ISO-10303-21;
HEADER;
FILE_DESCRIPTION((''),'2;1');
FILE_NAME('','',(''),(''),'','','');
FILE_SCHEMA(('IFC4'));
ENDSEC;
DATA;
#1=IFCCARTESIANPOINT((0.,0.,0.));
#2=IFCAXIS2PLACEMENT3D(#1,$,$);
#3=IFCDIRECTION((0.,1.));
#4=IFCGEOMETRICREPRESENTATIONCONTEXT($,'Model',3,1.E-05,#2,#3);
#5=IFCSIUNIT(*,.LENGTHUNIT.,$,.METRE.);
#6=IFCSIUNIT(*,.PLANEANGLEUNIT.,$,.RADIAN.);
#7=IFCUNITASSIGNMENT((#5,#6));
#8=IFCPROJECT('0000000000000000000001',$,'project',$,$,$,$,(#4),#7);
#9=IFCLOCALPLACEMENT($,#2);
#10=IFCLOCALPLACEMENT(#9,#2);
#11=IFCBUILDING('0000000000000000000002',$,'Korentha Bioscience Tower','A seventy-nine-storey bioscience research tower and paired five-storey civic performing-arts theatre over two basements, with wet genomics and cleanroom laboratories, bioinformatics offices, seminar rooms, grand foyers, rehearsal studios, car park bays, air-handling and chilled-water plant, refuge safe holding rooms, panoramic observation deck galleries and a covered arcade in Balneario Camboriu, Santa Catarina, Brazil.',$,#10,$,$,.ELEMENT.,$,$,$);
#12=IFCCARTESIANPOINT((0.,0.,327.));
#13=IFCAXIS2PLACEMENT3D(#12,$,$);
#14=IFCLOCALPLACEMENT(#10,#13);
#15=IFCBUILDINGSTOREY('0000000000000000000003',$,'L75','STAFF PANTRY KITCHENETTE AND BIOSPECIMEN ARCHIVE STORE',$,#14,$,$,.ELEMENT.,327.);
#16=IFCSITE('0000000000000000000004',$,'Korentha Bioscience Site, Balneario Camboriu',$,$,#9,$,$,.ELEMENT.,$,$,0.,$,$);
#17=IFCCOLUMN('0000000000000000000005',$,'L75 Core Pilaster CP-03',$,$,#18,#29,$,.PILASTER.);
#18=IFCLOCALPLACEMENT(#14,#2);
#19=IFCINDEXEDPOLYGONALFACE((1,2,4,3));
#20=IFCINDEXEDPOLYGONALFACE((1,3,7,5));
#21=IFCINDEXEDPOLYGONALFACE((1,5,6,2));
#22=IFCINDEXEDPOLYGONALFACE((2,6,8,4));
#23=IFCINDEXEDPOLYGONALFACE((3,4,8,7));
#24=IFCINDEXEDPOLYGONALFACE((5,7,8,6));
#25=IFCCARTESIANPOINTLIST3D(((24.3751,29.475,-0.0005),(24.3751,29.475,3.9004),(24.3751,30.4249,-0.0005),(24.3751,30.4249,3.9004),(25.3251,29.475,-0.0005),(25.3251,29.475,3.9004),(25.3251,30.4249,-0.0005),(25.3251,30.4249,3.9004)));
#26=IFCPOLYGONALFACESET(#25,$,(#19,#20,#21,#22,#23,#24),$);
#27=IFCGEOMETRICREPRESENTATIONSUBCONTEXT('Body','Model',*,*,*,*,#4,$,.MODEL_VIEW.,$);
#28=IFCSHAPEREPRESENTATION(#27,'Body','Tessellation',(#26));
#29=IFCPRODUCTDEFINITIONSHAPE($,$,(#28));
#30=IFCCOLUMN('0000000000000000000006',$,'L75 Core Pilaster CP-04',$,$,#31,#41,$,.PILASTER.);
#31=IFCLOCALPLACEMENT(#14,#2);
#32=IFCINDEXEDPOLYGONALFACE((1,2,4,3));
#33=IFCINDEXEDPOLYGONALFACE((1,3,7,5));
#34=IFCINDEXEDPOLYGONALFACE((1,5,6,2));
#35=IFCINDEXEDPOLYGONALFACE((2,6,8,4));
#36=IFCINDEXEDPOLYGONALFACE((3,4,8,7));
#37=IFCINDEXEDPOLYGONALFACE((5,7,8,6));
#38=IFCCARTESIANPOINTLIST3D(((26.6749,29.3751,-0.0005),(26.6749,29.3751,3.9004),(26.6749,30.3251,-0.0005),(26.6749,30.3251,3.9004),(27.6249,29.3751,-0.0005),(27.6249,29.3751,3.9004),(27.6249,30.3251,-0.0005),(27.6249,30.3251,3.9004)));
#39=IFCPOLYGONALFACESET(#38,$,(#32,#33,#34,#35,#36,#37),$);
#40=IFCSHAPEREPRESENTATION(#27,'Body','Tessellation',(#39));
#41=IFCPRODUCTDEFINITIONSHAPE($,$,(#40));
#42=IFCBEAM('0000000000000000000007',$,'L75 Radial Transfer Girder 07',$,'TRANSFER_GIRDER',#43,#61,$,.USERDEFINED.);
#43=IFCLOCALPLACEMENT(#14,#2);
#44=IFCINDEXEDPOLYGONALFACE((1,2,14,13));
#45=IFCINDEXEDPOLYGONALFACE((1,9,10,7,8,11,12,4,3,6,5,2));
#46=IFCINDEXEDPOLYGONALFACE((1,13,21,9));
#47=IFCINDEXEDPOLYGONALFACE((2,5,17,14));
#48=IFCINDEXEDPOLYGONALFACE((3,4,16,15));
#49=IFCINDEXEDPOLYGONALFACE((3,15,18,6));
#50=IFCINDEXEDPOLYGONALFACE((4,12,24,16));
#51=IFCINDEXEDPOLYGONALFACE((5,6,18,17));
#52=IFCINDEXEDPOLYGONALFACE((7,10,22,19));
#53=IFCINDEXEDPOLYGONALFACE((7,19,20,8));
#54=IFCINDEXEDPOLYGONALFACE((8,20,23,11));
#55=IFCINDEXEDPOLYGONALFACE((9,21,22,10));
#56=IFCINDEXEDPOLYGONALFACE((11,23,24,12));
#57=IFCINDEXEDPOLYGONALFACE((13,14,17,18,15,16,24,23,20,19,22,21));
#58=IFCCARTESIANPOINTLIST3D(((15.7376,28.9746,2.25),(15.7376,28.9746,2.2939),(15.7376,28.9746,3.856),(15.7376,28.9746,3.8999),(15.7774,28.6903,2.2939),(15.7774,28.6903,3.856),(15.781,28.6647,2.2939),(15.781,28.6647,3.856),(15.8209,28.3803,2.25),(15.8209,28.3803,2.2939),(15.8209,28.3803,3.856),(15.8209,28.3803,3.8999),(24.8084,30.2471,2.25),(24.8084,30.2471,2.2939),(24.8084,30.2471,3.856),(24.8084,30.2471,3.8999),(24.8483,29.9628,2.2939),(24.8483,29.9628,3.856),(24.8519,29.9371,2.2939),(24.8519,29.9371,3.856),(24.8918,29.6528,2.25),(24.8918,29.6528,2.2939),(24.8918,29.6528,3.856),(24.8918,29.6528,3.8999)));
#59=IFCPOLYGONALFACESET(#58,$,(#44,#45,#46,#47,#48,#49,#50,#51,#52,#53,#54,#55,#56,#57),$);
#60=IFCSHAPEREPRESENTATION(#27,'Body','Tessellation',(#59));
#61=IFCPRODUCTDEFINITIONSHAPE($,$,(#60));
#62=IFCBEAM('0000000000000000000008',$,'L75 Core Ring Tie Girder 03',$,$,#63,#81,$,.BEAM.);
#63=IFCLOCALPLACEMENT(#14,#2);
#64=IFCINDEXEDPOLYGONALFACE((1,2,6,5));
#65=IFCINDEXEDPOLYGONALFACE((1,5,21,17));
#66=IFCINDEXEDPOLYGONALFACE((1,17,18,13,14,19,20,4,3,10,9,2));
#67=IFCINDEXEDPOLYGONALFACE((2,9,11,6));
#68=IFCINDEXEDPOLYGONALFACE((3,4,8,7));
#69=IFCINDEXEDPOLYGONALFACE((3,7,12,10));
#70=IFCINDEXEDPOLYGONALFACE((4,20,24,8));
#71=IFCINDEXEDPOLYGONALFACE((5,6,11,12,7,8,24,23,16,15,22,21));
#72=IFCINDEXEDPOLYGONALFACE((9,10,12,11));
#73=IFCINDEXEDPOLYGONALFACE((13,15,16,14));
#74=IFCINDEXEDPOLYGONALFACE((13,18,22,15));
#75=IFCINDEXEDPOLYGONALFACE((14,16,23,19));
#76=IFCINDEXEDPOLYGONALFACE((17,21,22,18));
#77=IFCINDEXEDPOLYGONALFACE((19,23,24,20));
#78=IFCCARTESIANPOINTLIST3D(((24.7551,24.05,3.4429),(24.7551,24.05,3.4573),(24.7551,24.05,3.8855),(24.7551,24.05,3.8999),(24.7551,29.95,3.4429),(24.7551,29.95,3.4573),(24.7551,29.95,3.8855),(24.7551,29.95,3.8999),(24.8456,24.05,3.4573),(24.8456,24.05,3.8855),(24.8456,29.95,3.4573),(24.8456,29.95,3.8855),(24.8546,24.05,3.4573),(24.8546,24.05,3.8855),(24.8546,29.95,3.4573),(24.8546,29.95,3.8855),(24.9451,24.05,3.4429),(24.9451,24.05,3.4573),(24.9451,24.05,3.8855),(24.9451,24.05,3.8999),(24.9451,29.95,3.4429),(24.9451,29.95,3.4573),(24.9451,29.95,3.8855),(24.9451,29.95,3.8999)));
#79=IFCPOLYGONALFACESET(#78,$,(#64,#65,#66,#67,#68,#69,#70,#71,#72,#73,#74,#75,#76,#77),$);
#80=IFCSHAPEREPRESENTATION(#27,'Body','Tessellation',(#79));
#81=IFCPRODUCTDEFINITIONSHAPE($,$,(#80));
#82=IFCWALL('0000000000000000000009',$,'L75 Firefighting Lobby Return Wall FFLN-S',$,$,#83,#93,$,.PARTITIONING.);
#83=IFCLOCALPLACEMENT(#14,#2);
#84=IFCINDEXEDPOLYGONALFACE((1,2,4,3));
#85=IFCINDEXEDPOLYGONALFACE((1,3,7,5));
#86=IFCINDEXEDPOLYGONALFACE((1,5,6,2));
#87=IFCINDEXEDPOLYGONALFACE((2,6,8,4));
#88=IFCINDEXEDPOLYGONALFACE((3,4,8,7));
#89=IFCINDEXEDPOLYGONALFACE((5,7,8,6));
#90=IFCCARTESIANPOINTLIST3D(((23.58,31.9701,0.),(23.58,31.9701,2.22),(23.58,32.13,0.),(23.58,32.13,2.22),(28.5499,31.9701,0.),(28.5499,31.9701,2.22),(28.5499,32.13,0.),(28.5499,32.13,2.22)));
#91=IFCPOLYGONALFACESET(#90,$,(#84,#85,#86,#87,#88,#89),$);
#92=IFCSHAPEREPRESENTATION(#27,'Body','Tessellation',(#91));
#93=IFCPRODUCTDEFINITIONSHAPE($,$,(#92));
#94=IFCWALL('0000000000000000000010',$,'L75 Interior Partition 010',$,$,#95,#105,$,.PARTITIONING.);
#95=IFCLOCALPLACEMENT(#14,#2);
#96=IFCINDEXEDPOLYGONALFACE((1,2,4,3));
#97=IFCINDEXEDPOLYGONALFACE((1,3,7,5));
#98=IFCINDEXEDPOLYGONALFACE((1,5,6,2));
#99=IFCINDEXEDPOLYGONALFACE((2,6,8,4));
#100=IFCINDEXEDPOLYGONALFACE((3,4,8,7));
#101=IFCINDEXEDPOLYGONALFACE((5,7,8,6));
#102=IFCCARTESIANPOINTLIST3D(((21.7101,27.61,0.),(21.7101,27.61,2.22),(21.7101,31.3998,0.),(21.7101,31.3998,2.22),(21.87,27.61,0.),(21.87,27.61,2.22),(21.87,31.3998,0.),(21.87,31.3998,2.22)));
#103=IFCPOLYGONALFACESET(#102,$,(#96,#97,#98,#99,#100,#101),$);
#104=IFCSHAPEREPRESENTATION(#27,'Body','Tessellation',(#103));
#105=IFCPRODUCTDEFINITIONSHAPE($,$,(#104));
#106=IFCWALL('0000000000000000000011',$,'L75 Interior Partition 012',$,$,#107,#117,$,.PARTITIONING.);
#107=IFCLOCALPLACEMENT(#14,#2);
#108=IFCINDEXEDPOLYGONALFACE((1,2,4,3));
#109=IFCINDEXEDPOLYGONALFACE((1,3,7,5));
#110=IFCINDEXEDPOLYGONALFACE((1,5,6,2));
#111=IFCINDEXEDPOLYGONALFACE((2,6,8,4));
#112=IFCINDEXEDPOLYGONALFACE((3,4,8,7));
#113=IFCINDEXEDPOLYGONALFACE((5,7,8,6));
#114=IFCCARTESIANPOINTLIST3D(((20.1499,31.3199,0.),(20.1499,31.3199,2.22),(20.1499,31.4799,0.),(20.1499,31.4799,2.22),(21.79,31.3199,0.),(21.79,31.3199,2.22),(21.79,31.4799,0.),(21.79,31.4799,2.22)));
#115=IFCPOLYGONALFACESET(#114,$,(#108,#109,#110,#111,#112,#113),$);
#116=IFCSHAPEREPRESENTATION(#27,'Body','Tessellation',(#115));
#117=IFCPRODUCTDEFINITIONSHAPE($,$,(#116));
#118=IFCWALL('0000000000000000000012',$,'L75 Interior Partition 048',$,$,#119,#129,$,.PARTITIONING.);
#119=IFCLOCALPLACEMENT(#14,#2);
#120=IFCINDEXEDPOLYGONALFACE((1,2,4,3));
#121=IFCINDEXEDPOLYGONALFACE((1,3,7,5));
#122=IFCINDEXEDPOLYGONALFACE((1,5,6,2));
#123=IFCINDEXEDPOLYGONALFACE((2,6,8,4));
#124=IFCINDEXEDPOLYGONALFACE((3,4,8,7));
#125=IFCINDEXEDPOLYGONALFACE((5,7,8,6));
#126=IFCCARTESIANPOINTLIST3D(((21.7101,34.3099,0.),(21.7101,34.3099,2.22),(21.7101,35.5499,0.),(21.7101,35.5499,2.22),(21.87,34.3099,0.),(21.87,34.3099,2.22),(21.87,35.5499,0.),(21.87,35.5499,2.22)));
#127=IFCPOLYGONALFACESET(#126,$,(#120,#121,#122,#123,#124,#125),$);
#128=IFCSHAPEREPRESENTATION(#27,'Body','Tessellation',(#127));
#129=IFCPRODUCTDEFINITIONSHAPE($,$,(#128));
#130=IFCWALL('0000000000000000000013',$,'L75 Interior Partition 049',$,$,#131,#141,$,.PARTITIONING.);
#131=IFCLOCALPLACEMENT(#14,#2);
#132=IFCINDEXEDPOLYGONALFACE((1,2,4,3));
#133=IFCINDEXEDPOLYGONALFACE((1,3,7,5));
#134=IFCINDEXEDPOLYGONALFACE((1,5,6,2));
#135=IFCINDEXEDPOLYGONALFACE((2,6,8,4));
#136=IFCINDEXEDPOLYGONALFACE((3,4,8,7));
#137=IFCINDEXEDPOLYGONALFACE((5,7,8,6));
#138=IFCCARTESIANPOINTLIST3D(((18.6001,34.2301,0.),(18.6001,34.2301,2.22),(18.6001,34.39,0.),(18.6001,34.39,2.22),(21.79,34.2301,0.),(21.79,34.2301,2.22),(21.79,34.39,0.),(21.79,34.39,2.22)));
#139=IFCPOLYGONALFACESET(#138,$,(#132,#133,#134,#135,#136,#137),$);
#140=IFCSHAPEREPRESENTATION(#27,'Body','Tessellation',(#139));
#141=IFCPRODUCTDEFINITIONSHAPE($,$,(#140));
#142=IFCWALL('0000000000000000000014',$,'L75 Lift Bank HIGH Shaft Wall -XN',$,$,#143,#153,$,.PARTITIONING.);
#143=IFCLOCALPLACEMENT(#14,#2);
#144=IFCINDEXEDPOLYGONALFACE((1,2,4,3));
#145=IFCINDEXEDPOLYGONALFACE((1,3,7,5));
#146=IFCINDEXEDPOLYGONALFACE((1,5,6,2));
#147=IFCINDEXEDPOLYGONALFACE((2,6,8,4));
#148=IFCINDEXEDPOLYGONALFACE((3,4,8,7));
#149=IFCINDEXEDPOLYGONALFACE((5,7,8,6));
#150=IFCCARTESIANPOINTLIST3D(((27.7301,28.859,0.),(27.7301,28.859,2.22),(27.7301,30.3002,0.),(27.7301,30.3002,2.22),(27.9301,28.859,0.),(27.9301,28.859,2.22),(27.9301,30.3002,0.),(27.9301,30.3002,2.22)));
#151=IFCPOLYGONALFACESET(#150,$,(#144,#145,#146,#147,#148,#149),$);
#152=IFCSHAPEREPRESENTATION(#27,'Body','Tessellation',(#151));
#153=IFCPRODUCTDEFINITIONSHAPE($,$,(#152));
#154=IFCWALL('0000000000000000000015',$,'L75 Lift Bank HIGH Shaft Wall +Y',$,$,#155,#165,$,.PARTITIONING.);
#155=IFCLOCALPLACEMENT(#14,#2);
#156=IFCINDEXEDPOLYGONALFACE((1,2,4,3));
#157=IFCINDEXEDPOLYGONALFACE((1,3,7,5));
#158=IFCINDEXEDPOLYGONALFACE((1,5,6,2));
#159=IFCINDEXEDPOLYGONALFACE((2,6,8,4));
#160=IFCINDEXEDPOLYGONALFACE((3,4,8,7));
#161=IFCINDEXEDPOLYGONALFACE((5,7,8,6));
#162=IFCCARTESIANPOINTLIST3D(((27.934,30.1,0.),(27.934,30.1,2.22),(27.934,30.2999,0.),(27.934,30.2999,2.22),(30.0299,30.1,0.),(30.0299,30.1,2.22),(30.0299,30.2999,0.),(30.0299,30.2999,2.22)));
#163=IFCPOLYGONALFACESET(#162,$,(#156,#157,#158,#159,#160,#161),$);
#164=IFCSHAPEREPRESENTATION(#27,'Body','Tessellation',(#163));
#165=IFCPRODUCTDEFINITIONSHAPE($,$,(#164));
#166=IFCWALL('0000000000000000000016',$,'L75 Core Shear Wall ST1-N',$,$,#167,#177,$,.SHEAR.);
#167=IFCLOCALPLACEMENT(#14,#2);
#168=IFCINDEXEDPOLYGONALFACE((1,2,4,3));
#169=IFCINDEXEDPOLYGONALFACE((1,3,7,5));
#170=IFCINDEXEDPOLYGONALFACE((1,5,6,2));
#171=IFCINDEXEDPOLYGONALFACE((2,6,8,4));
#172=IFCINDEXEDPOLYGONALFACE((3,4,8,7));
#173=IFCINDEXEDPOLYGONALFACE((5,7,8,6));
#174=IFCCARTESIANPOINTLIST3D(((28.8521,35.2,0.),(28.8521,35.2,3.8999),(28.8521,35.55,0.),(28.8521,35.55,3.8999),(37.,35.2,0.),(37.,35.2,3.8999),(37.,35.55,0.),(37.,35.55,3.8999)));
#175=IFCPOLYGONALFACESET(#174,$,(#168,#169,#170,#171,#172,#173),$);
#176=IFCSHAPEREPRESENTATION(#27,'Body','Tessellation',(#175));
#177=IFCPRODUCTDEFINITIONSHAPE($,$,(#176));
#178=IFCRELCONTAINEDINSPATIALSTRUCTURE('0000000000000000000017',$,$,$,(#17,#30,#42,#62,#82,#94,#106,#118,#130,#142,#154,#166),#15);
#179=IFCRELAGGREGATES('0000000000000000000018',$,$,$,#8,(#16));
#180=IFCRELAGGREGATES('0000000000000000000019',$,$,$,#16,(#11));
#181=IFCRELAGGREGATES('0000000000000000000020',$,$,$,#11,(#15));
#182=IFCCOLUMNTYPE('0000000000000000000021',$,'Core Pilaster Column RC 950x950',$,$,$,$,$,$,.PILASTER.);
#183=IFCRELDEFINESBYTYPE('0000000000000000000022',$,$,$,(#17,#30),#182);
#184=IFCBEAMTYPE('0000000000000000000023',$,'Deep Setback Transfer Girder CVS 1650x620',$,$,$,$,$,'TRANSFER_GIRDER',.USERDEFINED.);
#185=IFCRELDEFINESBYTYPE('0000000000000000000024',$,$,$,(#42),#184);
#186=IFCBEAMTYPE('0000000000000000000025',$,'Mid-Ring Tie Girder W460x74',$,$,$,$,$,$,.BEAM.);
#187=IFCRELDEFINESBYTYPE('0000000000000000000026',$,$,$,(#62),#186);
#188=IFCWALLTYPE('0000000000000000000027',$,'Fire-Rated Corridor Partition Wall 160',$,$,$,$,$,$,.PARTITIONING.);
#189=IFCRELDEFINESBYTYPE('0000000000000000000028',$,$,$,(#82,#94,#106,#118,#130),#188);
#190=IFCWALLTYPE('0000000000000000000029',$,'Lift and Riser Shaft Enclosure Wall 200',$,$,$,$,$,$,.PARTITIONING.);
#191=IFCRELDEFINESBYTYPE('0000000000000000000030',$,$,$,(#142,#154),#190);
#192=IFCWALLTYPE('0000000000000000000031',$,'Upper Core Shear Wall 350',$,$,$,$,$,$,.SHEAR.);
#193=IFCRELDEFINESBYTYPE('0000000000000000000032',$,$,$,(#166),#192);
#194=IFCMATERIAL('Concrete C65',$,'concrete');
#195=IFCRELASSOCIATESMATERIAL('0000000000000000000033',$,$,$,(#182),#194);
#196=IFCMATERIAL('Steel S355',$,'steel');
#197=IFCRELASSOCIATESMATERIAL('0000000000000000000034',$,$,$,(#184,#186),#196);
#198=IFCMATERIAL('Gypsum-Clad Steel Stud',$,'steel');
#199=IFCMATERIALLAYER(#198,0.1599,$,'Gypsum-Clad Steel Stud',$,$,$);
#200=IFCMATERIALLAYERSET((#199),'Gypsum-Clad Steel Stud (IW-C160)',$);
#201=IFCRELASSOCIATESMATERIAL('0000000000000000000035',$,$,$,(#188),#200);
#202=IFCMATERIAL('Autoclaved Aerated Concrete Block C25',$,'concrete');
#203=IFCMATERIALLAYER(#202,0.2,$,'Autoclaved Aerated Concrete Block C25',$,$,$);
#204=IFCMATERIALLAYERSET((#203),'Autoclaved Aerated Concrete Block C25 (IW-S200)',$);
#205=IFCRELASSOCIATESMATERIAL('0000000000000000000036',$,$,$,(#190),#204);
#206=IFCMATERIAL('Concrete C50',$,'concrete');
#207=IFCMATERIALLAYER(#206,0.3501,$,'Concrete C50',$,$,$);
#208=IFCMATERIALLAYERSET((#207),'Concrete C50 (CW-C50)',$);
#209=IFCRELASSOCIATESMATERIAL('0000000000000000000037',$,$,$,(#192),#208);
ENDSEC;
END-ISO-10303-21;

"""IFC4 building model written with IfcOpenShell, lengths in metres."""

from ifc_helpers import new_model, si_unit, direction, frame, frame_2d, origin, origin_2d, place, context, subcontext, project, spatial, rectangle, i_section, extrude, material, layer, layer_set, material_profile, profile_set, type_object, element, save


model = new_model("IFC4")

# Units and contexts
model_context = context("Model", 3, precision=1e-05, world=origin(), true_north=direction((0.0, 1.0)))
body_context = subcontext(model_context, "Body", "Model", "MODEL_VIEW")
ifc_project = project(units=[si_unit("LENGTHUNIT", "METRE"), si_unit("PLANEANGLEUNIT", "RADIAN")], contexts=[model_context])

# Site, building, storey
site_placement = place(None, origin())
site = spatial("IfcSite", under=ifc_project, at=site_placement, Name="Korentha Bioscience Site, Balneario Camboriu", CompositionType="ELEMENT", RefElevation=0.0)
building_placement = place(site_placement, origin())
building = spatial("IfcBuilding", under=site, at=building_placement, Name="Korentha Bioscience Tower", Description="A seventy-nine-storey bioscience research tower and paired five-storey civic performing-arts theatre over two basements, with wet genomics and cleanroom laboratories, bioinformatics offices, seminar rooms, grand foyers, rehearsal studios, car park bays, air-handling and chilled-water plant, refuge safe holding rooms, panoramic observation deck galleries and a covered arcade in Balneario Camboriu, Santa Catarina, Brazil.", CompositionType="ELEMENT")
storey_placement = place(building_placement, frame((0.0, 0.0, 327.0)))
storey = spatial("IfcBuildingStorey", under=building, at=storey_placement, Name="L75", Description="STAFF PANTRY KITCHENETTE AND BIOSPECIMEN ARCHIVE STORE", CompositionType="ELEMENT", Elevation=327.0)

# Columns
ifc_material_1 = material(Name="Concrete C65", Category="concrete")
ifc_material_profile_1 = material_profile(ifc_material_1, rectangle(XDim=0.95, YDim=0.95, at=origin_2d()), Name="Concrete C65")
ifc_profile_set_1 = profile_set([ifc_material_profile_1], Name="Concrete C65 (COL-CP09)")
column_type = type_object("IfcColumnType", Name="Core Pilaster Column RC 950x950", PredefinedType="PILASTER", material=ifc_profile_set_1)
for number, where, z_axis, x_axis, name in (
    (1, (24.8501, 29.95, -0.0005), (0.0, 0.0, 1.0), (1.0, 0.0, 0.0), "L75 Core Pilaster CP-03"),
    (2, (27.1499, 29.8501, -0.0005), (0.0, 0.0, 1.0), (1.0, 0.0, 0.0), "L75 Core Pilaster CP-04"),
):
    element("IfcColumn", number, at=place(storey_placement, frame(where, z_axis=z_axis, x_axis=x_axis)), inside=storey, type_object=column_type, Name=name, PredefinedType="PILASTER", context=body_context, shape_type="SweptSolid", body=[
        extrude(rectangle(XDim=0.95, YDim=0.95, at=origin_2d()), origin(), (0.0, 0.0, 1.0), 3.9009),
    ])

# Beams
ifc_material_2 = material(Name="Steel S355", Category="steel")
ifc_material_profile_2 = material_profile(ifc_material_2, i_section(OverallWidth=0.6001, OverallDepth=1.6499, WebThickness=0.0259, FlangeThickness=0.0439, at=origin_2d()), Name="Steel S355")
ifc_profile_set_2 = profile_set([ifc_material_profile_2], Name="Steel S355 (TG-04)")
beam_type_1 = type_object("IfcBeamType", Name="Deep Setback Transfer Girder CVS 1650x620", ElementType="TRANSFER_GIRDER", PredefinedType="USERDEFINED", material=ifc_profile_set_2)
beam_1_placement = place(storey_placement, frame((24.8501, 29.95, 3.075), z_axis=(-0.990304, -0.138921, 0.0), x_axis=(0.138921, -0.990304, 0.0)))
element("IfcBeam", 3, at=beam_1_placement, inside=storey, type_object=beam_type_1, Name="L75 Radial Transfer Girder 07", ObjectType="TRANSFER_GIRDER", PredefinedType="USERDEFINED", context=body_context, shape_type="SweptSolid", body=[
    extrude(i_section(OverallWidth=0.6001, OverallDepth=1.6499, WebThickness=0.0259, FlangeThickness=0.0439, at=origin_2d()), origin(), (0.0, 0.0, 1.0), 9.1597),
])
ifc_material_profile_3 = material_profile(ifc_material_2, i_section(OverallWidth=0.1899, OverallDepth=0.457, WebThickness=0.009, FlangeThickness=0.0144, at=origin_2d()), Name="Steel S355")
ifc_profile_set_3 = profile_set([ifc_material_profile_3], Name="Steel S355 (MB-460)")
beam_type_2 = type_object("IfcBeamType", Name="Mid-Ring Tie Girder W460x74", PredefinedType="BEAM", material=ifc_profile_set_3)
beam_2_placement = place(storey_placement, frame((24.8501, 29.95, 3.6714), z_axis=(0.0, -1.0, 0.0), x_axis=(1.0, 0.0, 0.0)))
element("IfcBeam", 4, at=beam_2_placement, inside=storey, type_object=beam_type_2, Name="L75 Core Ring Tie Girder 03", PredefinedType="BEAM", context=body_context, shape_type="SweptSolid", body=[
    extrude(i_section(OverallWidth=0.1899, OverallDepth=0.457, WebThickness=0.009, FlangeThickness=0.0144, at=origin_2d()), origin(), (0.0, 0.0, 1.0), 5.8999),
])

# Shared definitions
ifc_material_3 = material(Name="Gypsum-Clad Steel Stud", Category="steel")
ifc_layer_1 = layer(ifc_material_3, 0.1599, Name="Gypsum-Clad Steel Stud")
ifc_layer_set_1 = layer_set([ifc_layer_1], Name="Gypsum-Clad Steel Stud (IW-C160)")
wall_type_1 = type_object("IfcWallType", Name="Fire-Rated Corridor Partition Wall 160", PredefinedType="PARTITIONING", material=ifc_layer_set_1)

# Wall
wall_1_placement = place(storey_placement, frame((23.5801, 32.05, 0.0), z_axis=(0.0, 0.0, 1.0), x_axis=(1.0, 0.0, 0.0)))
element("IfcWall", 5, at=wall_1_placement, inside=storey, type_object=wall_type_1, Name="L75 Firefighting Lobby Return Wall FFLN-S", PredefinedType="PARTITIONING", context=body_context, shape_type="SweptSolid", body=[
    extrude(rectangle(XDim=4.97, YDim=0.1599, at=frame_2d((2.4849, 0.0))), origin(), (0.0, 0.0, 1.0), 2.22),
])

# Walls
wall_2_placement = place(storey_placement, frame((21.79, 31.3999, 0.0), z_axis=(0.0, 0.0, 1.0), x_axis=(0.0, -1.0, 0.0)))
element("IfcWall", 6, at=wall_2_placement, inside=storey, type_object=wall_type_1, Name="L75 Interior Partition 010", PredefinedType="PARTITIONING", context=body_context, shape_type="SweptSolid", body=[
    extrude(rectangle(XDim=3.7898, YDim=0.1599, at=frame_2d((1.895, 0.0))), origin(), (0.0, 0.0, 1.0), 2.22),
])
wall_3_placement = place(storey_placement, frame((20.1499, 31.3999, 0.0), z_axis=(0.0, 0.0, 1.0), x_axis=(1.0, 0.0, 0.0)))
element("IfcWall", 7, at=wall_3_placement, inside=storey, type_object=wall_type_1, Name="L75 Interior Partition 012", PredefinedType="PARTITIONING", context=body_context, shape_type="SweptSolid", body=[
    extrude(rectangle(XDim=1.6401, YDim=0.1599, at=frame_2d((0.8201, 0.0))), origin(), (0.0, 0.0, 1.0), 2.22),
])
wall_4_placement = place(storey_placement, frame((21.79, 35.55, 0.0), z_axis=(0.0, 0.0, 1.0), x_axis=(0.0, -1.0, 0.0)))
element("IfcWall", 8, at=wall_4_placement, inside=storey, type_object=wall_type_1, Name="L75 Interior Partition 048", PredefinedType="PARTITIONING", context=body_context, shape_type="SweptSolid", body=[
    extrude(rectangle(XDim=1.24, YDim=0.1599, at=frame_2d((0.6201, 0.0))), origin(), (0.0, 0.0, 1.0), 2.22),
])
wall_5_placement = place(storey_placement, frame((21.79, 34.3101, 0.0), z_axis=(0.0, 0.0, 1.0), x_axis=(-1.0, 0.0, 0.0)))
element("IfcWall", 9, at=wall_5_placement, inside=storey, type_object=wall_type_1, Name="L75 Interior Partition 049", PredefinedType="PARTITIONING", context=body_context, shape_type="SweptSolid", body=[
    extrude(rectangle(XDim=3.1899, YDim=0.1599, at=frame_2d((1.595, 0.0))), origin(), (0.0, 0.0, 1.0), 2.22),
])
ifc_material_4 = material(Name="Autoclaved Aerated Concrete Block C25", Category="concrete")
ifc_layer_2 = layer(ifc_material_4, 0.2, Name="Autoclaved Aerated Concrete Block C25")
ifc_layer_set_2 = layer_set([ifc_layer_2], Name="Autoclaved Aerated Concrete Block C25 (IW-S200)")
wall_type_2 = type_object("IfcWallType", Name="Lift and Riser Shaft Enclosure Wall 200", PredefinedType="PARTITIONING", material=ifc_layer_set_2)
wall_6_placement = place(storey_placement, frame((27.8301, 28.8589, 0.0), z_axis=(0.0, 0.0, 1.0), x_axis=(0.0, 1.0, 0.0)))
element("IfcWall", 10, at=wall_6_placement, inside=storey, type_object=wall_type_2, Name="L75 Lift Bank HIGH Shaft Wall -XN", PredefinedType="PARTITIONING", context=body_context, shape_type="SweptSolid", body=[
    extrude(rectangle(XDim=1.4412, YDim=0.2, at=frame_2d((0.7207, 0.0))), origin(), (0.0, 0.0, 1.0), 2.22),
])
wall_7_placement = place(storey_placement, frame((27.9341, 30.2, 0.0), z_axis=(0.0, 0.0, 1.0), x_axis=(1.0, 0.0, 0.0)))
element("IfcWall", 11, at=wall_7_placement, inside=storey, type_object=wall_type_2, Name="L75 Lift Bank HIGH Shaft Wall +Y", PredefinedType="PARTITIONING", context=body_context, shape_type="SweptSolid", body=[
    extrude(rectangle(XDim=2.0959, YDim=0.2, at=frame_2d((1.0479, 0.0))), origin(), (0.0, 0.0, 1.0), 2.22),
])
ifc_material_5 = material(Name="Concrete C50", Category="concrete")
ifc_layer_3 = layer(ifc_material_5, 0.3501, Name="Concrete C50")
ifc_layer_set_3 = layer_set([ifc_layer_3], Name="Concrete C50 (CW-C50)")
wall_type_3 = type_object("IfcWallType", Name="Upper Core Shear Wall 350", PredefinedType="SHEAR", material=ifc_layer_set_3)
wall_8_placement = place(storey_placement, frame((28.8521, 35.375, 0.0), z_axis=(0.0, 0.0, 1.0), x_axis=(1.0, 0.0, 0.0)))
element("IfcWall", 12, at=wall_8_placement, inside=storey, type_object=wall_type_3, Name="L75 Core Shear Wall ST1-N", PredefinedType="SHEAR", context=body_context, shape_type="SweptSolid", body=[
    extrude(rectangle(XDim=8.1479, YDim=0.3501, at=frame_2d((4.074, 0.0))), origin(), (0.0, 0.0, 1.0), 3.8999),
])

save(model, "model.ifc")
